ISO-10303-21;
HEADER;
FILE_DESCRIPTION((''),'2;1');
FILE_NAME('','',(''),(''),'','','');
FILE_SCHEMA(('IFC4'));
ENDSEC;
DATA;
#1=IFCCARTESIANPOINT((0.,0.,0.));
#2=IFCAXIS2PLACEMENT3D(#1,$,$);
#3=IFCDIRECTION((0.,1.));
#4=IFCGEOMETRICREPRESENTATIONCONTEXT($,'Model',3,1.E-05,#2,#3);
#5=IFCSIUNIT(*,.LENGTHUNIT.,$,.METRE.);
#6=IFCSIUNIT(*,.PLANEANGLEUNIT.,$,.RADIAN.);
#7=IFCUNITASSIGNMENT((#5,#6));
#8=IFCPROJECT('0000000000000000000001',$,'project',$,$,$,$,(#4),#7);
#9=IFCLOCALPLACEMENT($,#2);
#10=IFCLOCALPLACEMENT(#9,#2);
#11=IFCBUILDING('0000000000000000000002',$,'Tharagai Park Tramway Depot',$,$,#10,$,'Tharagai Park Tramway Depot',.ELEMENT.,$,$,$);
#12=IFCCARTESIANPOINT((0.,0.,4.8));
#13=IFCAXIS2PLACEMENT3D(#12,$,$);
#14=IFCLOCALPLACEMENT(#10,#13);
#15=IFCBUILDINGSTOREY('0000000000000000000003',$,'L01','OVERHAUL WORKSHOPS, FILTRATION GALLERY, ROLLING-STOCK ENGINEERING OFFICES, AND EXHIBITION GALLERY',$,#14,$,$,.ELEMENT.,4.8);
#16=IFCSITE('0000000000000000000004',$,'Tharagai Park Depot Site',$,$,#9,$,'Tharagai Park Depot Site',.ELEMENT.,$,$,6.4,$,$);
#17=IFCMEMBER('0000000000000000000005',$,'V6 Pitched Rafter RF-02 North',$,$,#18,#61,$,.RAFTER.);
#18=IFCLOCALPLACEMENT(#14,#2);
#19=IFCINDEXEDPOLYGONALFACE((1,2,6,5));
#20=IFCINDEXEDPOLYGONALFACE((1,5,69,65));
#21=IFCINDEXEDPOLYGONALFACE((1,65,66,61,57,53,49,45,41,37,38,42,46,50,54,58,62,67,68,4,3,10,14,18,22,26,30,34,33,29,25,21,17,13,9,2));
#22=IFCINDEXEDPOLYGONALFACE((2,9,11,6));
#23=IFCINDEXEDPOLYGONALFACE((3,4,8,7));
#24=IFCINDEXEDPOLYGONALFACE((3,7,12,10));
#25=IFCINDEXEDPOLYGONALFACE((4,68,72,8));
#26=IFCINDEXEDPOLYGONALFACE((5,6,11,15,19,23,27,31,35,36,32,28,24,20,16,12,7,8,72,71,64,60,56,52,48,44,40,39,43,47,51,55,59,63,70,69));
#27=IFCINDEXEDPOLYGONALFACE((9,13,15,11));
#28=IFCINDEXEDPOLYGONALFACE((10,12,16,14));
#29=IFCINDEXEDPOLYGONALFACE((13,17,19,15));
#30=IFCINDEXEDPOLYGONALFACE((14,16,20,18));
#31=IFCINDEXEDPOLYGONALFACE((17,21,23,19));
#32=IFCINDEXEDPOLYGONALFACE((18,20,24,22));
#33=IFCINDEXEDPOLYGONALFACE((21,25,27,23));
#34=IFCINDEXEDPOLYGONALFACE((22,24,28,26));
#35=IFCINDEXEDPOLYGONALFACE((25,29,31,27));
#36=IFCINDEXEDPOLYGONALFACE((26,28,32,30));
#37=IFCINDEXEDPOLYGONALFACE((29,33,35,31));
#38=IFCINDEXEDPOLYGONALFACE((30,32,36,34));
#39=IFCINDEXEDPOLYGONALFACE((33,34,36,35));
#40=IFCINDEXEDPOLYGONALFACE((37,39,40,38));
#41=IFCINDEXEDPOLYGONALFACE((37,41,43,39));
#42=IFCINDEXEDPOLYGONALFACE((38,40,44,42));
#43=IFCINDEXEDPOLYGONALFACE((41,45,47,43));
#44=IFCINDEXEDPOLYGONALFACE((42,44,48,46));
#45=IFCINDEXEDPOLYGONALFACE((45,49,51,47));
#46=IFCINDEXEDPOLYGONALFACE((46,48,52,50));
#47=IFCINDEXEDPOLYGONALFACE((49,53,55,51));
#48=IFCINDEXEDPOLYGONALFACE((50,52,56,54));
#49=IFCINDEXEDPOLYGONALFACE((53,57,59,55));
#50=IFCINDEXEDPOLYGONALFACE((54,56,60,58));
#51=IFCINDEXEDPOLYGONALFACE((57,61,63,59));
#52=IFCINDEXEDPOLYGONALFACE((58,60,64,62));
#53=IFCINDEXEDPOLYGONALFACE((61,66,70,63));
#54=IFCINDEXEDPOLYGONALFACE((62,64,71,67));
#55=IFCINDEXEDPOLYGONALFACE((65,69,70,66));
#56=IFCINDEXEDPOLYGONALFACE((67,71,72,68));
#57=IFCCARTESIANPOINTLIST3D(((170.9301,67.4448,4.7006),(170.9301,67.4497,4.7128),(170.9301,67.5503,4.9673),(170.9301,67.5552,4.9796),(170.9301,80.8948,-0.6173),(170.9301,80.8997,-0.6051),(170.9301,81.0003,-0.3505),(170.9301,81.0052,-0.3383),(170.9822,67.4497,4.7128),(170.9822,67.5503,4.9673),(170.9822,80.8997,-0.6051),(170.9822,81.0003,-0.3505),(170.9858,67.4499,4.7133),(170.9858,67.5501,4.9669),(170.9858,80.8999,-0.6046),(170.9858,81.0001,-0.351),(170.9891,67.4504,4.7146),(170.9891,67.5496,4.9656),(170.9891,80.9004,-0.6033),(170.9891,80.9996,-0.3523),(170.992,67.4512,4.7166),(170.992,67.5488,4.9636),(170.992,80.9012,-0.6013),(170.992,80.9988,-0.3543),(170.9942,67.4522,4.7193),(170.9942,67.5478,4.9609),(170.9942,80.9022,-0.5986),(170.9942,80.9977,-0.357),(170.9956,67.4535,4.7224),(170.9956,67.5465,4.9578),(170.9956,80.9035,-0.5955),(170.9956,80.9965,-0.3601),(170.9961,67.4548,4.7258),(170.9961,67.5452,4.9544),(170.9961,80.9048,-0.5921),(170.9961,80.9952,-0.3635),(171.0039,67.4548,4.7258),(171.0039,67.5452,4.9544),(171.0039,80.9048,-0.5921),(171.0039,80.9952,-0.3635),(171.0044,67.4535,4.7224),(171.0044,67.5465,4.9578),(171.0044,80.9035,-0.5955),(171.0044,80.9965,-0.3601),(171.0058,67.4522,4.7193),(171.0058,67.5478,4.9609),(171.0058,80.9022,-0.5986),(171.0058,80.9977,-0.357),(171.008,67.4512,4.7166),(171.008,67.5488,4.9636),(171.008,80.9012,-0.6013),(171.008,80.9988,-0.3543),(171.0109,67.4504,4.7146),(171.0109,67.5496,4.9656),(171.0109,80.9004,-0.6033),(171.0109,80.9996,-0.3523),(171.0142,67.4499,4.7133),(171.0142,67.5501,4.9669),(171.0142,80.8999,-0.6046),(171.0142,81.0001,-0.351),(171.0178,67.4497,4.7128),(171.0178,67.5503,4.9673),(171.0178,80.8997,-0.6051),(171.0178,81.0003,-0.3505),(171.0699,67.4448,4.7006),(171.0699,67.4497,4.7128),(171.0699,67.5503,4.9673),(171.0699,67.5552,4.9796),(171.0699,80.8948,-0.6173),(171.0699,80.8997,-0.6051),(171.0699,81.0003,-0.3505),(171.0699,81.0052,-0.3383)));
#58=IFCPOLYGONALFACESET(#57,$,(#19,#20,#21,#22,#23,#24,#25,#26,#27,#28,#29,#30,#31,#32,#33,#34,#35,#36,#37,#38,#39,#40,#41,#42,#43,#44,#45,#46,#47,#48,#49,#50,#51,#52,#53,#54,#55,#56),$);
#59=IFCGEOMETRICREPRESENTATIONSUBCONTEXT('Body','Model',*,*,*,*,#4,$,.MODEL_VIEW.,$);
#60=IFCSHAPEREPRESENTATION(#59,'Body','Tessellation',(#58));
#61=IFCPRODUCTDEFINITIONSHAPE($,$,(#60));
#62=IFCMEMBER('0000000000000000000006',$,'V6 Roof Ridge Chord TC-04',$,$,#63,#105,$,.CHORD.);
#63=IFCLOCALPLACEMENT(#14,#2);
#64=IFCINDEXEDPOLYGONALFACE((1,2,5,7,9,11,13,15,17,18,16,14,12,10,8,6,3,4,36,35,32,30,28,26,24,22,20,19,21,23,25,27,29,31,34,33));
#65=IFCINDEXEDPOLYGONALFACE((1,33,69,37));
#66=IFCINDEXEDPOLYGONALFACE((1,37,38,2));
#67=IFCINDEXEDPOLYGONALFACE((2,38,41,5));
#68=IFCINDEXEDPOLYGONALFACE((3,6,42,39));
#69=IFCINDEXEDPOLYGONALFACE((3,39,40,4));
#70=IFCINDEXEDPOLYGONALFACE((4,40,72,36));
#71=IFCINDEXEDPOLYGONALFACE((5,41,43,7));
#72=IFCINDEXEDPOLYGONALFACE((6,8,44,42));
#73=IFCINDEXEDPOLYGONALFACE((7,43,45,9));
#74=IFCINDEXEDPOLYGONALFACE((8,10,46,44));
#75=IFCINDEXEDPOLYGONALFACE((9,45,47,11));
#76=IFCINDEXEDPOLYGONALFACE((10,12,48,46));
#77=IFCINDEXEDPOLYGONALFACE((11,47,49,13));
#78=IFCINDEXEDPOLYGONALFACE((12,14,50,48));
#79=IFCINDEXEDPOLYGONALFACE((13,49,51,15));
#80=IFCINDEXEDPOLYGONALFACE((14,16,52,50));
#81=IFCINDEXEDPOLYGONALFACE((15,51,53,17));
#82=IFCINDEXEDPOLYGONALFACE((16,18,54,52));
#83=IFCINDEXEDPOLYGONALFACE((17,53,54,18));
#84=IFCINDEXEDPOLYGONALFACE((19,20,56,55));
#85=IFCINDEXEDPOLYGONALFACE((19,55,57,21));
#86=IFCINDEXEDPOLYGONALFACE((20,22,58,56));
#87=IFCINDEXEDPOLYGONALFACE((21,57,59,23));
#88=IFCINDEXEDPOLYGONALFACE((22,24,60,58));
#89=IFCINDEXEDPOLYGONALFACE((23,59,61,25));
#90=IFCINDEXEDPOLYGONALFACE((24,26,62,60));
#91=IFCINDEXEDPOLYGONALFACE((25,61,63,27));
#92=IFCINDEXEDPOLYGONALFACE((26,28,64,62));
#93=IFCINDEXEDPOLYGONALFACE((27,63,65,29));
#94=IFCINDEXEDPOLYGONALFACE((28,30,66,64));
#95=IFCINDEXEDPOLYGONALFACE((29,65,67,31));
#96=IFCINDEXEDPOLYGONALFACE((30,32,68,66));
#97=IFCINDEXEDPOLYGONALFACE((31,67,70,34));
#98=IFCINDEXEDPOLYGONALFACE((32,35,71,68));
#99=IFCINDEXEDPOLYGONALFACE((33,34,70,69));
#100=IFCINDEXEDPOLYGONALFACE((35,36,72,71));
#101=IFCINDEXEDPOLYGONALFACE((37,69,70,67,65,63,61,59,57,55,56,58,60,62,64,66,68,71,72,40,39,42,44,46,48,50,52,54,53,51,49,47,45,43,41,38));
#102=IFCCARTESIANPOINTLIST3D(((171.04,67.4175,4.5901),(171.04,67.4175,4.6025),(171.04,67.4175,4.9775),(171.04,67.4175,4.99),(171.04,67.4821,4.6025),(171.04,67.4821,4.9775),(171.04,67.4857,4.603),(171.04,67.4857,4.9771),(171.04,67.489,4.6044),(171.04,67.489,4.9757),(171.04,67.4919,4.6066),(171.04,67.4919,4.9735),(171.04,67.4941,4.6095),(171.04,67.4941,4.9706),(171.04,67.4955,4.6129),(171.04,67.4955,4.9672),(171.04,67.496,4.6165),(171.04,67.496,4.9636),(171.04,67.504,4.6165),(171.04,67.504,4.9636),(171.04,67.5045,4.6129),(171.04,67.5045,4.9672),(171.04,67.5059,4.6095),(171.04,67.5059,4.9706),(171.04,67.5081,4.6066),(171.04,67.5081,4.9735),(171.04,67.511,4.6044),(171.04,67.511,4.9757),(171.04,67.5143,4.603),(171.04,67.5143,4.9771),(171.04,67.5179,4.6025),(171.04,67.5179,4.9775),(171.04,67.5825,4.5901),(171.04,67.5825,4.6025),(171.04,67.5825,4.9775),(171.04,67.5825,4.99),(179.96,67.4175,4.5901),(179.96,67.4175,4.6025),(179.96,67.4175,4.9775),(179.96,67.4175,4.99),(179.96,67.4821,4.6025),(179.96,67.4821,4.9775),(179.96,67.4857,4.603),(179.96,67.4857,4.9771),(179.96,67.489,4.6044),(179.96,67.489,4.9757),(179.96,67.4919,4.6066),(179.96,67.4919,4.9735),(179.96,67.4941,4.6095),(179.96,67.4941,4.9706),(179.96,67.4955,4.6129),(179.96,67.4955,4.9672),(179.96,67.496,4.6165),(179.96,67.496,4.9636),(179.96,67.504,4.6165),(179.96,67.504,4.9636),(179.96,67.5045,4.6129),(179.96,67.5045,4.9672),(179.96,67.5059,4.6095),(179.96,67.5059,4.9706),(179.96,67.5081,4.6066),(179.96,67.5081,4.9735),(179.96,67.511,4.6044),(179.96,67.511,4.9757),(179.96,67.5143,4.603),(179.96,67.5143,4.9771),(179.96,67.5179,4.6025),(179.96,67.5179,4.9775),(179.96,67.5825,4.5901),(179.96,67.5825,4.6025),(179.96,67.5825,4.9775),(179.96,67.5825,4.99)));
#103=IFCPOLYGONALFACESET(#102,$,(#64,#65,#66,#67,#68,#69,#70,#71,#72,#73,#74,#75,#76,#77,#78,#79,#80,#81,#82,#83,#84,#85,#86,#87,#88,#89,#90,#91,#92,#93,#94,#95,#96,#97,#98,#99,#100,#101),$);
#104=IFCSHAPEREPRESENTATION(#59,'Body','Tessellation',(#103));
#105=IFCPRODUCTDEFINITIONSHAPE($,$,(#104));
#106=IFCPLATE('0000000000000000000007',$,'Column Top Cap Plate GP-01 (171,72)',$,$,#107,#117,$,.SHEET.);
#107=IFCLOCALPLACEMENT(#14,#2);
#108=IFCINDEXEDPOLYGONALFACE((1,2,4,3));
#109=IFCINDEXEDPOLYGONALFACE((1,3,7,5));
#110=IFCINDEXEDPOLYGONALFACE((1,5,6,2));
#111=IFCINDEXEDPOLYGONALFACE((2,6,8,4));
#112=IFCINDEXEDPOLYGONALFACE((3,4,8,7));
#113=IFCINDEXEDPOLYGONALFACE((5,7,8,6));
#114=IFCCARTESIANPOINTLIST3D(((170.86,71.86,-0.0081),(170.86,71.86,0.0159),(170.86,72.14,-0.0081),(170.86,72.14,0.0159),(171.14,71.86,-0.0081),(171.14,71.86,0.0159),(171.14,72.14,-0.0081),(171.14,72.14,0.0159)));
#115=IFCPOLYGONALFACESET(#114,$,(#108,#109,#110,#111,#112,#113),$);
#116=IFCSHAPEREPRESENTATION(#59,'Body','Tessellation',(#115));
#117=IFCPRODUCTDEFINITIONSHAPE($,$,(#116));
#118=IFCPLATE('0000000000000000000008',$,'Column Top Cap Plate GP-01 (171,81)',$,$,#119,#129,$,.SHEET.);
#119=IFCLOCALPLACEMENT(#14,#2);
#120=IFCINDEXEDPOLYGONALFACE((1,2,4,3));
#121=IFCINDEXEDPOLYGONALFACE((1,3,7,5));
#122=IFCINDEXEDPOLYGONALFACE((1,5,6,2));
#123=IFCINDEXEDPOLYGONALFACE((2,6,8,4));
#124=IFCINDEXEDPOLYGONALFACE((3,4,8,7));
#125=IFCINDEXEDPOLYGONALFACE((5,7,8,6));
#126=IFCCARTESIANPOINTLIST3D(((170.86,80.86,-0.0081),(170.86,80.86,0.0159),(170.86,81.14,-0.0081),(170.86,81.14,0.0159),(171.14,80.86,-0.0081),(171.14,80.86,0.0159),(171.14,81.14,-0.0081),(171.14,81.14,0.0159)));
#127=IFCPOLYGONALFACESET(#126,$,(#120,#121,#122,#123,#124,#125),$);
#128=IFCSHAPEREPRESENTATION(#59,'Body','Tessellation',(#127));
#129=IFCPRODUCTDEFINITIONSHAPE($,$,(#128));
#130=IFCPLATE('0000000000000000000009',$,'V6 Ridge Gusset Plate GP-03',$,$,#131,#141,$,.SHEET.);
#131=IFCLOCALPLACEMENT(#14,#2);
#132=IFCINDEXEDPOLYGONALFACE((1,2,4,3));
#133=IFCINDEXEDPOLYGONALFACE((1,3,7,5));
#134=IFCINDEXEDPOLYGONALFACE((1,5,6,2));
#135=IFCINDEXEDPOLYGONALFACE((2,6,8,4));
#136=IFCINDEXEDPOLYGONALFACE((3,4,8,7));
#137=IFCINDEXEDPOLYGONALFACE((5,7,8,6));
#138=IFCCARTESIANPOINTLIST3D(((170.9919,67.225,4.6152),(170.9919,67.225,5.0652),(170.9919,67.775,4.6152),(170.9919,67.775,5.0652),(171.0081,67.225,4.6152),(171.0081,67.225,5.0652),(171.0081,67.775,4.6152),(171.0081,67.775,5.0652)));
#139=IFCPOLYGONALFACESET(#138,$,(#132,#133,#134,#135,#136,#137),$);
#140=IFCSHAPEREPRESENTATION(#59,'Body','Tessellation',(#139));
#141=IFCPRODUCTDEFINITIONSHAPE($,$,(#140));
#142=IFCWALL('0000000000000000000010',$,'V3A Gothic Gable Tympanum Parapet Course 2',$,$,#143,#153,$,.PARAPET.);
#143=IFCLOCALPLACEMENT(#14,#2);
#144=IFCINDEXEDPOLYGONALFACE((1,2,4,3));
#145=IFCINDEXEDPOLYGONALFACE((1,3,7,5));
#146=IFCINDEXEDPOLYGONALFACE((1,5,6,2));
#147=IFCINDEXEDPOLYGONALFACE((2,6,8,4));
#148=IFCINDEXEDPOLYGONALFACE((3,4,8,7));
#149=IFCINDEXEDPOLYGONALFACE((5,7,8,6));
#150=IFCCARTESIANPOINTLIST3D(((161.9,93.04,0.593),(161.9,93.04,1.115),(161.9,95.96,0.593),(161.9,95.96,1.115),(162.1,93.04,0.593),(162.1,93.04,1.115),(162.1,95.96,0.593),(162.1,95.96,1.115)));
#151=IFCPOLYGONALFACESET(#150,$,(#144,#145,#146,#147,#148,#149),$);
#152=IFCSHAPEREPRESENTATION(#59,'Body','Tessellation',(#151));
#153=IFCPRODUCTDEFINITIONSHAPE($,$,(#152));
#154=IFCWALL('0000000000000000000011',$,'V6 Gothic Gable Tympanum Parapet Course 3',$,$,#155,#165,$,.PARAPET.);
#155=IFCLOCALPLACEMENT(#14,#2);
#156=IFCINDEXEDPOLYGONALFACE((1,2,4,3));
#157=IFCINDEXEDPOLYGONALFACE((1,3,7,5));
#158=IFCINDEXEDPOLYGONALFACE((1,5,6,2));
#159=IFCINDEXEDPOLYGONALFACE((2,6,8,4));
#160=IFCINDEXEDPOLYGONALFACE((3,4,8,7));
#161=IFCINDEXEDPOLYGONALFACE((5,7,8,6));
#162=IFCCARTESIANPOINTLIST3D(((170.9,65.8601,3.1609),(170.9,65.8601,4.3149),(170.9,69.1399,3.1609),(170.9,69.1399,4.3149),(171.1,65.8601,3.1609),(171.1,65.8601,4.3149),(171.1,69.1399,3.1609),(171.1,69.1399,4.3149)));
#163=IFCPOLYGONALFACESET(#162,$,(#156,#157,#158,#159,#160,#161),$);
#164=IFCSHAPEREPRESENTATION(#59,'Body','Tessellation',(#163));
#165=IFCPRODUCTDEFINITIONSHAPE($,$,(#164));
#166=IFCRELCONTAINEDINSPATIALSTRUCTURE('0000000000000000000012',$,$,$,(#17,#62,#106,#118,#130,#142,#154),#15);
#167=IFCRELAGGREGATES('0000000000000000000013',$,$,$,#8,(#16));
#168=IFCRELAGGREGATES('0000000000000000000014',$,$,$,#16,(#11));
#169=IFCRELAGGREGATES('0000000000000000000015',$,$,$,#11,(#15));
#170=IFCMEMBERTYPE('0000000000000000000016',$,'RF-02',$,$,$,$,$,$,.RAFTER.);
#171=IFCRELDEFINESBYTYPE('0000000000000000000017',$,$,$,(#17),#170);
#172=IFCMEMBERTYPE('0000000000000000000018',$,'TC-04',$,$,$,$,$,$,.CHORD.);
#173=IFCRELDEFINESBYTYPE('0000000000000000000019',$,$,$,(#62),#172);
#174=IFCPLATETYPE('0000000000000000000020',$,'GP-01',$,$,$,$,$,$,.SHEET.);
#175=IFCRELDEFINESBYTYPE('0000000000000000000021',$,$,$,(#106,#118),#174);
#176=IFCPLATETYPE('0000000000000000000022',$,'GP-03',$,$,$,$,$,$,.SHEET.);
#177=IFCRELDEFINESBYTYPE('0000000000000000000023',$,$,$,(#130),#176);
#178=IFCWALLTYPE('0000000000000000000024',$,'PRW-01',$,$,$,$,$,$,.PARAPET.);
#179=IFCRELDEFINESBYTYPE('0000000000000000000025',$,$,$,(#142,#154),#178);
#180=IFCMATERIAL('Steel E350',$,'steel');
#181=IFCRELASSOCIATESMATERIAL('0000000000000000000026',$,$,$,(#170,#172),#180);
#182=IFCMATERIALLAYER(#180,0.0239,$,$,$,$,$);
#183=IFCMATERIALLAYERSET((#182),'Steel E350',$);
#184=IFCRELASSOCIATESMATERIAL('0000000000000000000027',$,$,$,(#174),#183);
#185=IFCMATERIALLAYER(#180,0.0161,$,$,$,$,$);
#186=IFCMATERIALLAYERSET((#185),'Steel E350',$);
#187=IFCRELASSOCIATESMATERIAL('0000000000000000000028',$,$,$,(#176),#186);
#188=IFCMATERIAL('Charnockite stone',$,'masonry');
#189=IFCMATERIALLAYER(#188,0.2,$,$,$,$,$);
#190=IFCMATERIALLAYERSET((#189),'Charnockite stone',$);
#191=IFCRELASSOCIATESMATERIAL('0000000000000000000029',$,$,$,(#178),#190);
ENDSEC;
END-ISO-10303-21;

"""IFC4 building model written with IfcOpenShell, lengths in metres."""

from ifc_helpers import new_model, si_unit, direction, frame, frame_2d, origin, origin_2d, place, context, subcontext, project, spatial, rectangle, i_section, extrude, material, layer, layer_set, material_profile, profile_set, type_object, element, save


model = new_model("IFC4")

# Units and contexts
model_context = context("Model", 3, precision=1e-05, world=origin(), true_north=direction((0.0, 1.0)))
body_context = subcontext(model_context, "Body", "Model", "MODEL_VIEW")
ifc_project = project(units=[si_unit("LENGTHUNIT", "METRE"), si_unit("PLANEANGLEUNIT", "RADIAN")], contexts=[model_context])

# Site, building, storey
site_placement = place(None, origin())
site = spatial("IfcSite", under=ifc_project, at=site_placement, Name="Tharagai Park Depot Site", LongName="Tharagai Park Depot Site", CompositionType="ELEMENT", RefElevation=6.4)
building_placement = place(site_placement, origin())
building = spatial("IfcBuilding", under=site, at=building_placement, Name="Tharagai Park Tramway Depot", LongName="Tharagai Park Tramway Depot", CompositionType="ELEMENT")
storey_placement = place(building_placement, frame((0.0, 0.0, 4.8)))
storey = spatial("IfcBuildingStorey", under=building, at=storey_placement, Name="L01", Description="OVERHAUL WORKSHOPS, FILTRATION GALLERY, ROLLING-STOCK ENGINEERING OFFICES, AND EXHIBITION GALLERY", CompositionType="ELEMENT", Elevation=4.8)

# Shared definitions
ifc_material_1 = material(Name="Steel E350", Category="steel")

# Members
ifc_material_profile_1 = material_profile(ifc_material_1, i_section(OverallWidth=0.1399, OverallDepth=0.3, WebThickness=0.0078, FlangeThickness=0.0132, FilletRadius=0.0139, at=origin_2d()), Name="ISMB 300")
ifc_profile_set_1 = profile_set([ifc_material_profile_1], Name="Steel E350")
member_type_1 = type_object("IfcMemberType", Name="RF-02", PredefinedType="RAFTER", material=ifc_profile_set_1)
member_1_placement = place(storey_placement, frame((171.0, 67.5, 4.8401), z_axis=(0.0, 0.92995, -0.367686), x_axis=(-1.0, 0.0, 0.0)))
element("IfcMember", 1, at=member_1_placement, inside=storey, type_object=member_type_1, Name="V6 Pitched Rafter RF-02 North", PredefinedType="RAFTER", context=body_context, shape_type="SweptSolid", body=[
    extrude(i_section(OverallWidth=0.1399, OverallDepth=0.3, WebThickness=0.0078, FlangeThickness=0.0132, FilletRadius=0.0139, at=origin_2d()), origin(), (0.0, 0.0, 1.0), 14.4631),
])
ifc_material_profile_2 = material_profile(ifc_material_1, i_section(OverallWidth=0.165, OverallDepth=0.3999, WebThickness=0.0081, FlangeThickness=0.0125, FilletRadius=0.0139, at=origin_2d()), Name="ISLB 400")
ifc_profile_set_2 = profile_set([ifc_material_profile_2], Name="Steel E350")
member_type_2 = type_object("IfcMemberType", Name="TC-04", PredefinedType="CHORD", material=ifc_profile_set_2)
member_2_placement = place(storey_placement, frame((171.04, 67.5, 4.79), z_axis=(1.0, 0.0, 0.0), x_axis=(0.0, 1.0, 0.0)))
element("IfcMember", 2, at=member_2_placement, inside=storey, type_object=member_type_2, Name="V6 Roof Ridge Chord TC-04", PredefinedType="CHORD", context=body_context, shape_type="SweptSolid", body=[
    extrude(i_section(OverallWidth=0.165, OverallDepth=0.3999, WebThickness=0.0081, FlangeThickness=0.0125, FilletRadius=0.0139, at=origin_2d()), origin(), (0.0, 0.0, 1.0), 8.9199),
])

# Plates
ifc_layer_1 = layer(ifc_material_1, 0.0239)
ifc_layer_set_1 = layer_set([ifc_layer_1], Name="Steel E350")
plate_type_1 = type_object("IfcPlateType", Name="GP-01", PredefinedType="SHEET", material=ifc_layer_set_1)
for number, where, z_axis, x_axis, name in (
    (3, (171.0, 72.0, -0.0081), (0.0, 0.0, 1.0), (1.0, 0.0, 0.0), "Column Top Cap Plate GP-01 (171,72)"),
    (4, (171.0, 81.0, -0.0081), (0.0, 0.0, 1.0), (1.0, 0.0, 0.0), "Column Top Cap Plate GP-01 (171,81)"),
):
    element("IfcPlate", number, at=place(storey_placement, frame(where, z_axis=z_axis, x_axis=x_axis)), inside=storey, type_object=plate_type_1, Name=name, PredefinedType="SHEET", context=body_context, shape_type="SweptSolid", body=[
        extrude(rectangle(XDim=0.28, YDim=0.28, at=origin_2d()), origin(), (0.0, 0.0, 1.0), 0.0239),
    ])
ifc_layer_2 = layer(ifc_material_1, 0.0161)
ifc_layer_set_2 = layer_set([ifc_layer_2], Name="Steel E350")
plate_type_2 = type_object("IfcPlateType", Name="GP-03", PredefinedType="SHEET", material=ifc_layer_set_2)
plate_placement = place(storey_placement, frame((171.0, 67.5, 4.6152), z_axis=(0.0, 0.0, 1.0), x_axis=(1.0, 0.0, 0.0)))
element("IfcPlate", 5, at=plate_placement, inside=storey, type_object=plate_type_2, Name="V6 Ridge Gusset Plate GP-03", PredefinedType="SHEET", context=body_context, shape_type="SweptSolid", body=[
    extrude(rectangle(XDim=0.0161, YDim=0.55, at=origin_2d()), origin(), (0.0, 0.0, 1.0), 0.45),
])

# Walls
ifc_material_2 = material(Name="Charnockite stone", Category="masonry")
ifc_layer_3 = layer(ifc_material_2, 0.2)
ifc_layer_set_3 = layer_set([ifc_layer_3], Name="Charnockite stone")
wall_type = type_object("IfcWallType", Name="PRW-01", PredefinedType="PARAPET", material=ifc_layer_set_3)
wall_1_placement = place(storey_placement, frame((162.0, 93.04, 0.593), z_axis=(0.0, 0.0, 1.0), x_axis=(0.0, 1.0, 0.0)))
element("IfcWall", 6, at=wall_1_placement, inside=storey, type_object=wall_type, Name="V3A Gothic Gable Tympanum Parapet Course 2", PredefinedType="PARAPET", context=body_context, shape_type="SweptSolid", body=[
    extrude(rectangle(XDim=2.9199, YDim=0.2, at=frame_2d((1.46, 0.0))), origin(), (0.0, 0.0, 1.0), 0.522),
])
wall_2_placement = place(storey_placement, frame((171.0, 65.8601, 3.1609), z_axis=(0.0, 0.0, 1.0), x_axis=(0.0, 1.0, 0.0)))
element("IfcWall", 7, at=wall_2_placement, inside=storey, type_object=wall_type, Name="V6 Gothic Gable Tympanum Parapet Course 3", PredefinedType="PARAPET", context=body_context, shape_type="SweptSolid", body=[
    extrude(rectangle(XDim=3.2798, YDim=0.2, at=frame_2d((1.6399, 0.0))), origin(), (0.0, 0.0, 1.0), 1.1541),
])

save(model, "model.ifc")
